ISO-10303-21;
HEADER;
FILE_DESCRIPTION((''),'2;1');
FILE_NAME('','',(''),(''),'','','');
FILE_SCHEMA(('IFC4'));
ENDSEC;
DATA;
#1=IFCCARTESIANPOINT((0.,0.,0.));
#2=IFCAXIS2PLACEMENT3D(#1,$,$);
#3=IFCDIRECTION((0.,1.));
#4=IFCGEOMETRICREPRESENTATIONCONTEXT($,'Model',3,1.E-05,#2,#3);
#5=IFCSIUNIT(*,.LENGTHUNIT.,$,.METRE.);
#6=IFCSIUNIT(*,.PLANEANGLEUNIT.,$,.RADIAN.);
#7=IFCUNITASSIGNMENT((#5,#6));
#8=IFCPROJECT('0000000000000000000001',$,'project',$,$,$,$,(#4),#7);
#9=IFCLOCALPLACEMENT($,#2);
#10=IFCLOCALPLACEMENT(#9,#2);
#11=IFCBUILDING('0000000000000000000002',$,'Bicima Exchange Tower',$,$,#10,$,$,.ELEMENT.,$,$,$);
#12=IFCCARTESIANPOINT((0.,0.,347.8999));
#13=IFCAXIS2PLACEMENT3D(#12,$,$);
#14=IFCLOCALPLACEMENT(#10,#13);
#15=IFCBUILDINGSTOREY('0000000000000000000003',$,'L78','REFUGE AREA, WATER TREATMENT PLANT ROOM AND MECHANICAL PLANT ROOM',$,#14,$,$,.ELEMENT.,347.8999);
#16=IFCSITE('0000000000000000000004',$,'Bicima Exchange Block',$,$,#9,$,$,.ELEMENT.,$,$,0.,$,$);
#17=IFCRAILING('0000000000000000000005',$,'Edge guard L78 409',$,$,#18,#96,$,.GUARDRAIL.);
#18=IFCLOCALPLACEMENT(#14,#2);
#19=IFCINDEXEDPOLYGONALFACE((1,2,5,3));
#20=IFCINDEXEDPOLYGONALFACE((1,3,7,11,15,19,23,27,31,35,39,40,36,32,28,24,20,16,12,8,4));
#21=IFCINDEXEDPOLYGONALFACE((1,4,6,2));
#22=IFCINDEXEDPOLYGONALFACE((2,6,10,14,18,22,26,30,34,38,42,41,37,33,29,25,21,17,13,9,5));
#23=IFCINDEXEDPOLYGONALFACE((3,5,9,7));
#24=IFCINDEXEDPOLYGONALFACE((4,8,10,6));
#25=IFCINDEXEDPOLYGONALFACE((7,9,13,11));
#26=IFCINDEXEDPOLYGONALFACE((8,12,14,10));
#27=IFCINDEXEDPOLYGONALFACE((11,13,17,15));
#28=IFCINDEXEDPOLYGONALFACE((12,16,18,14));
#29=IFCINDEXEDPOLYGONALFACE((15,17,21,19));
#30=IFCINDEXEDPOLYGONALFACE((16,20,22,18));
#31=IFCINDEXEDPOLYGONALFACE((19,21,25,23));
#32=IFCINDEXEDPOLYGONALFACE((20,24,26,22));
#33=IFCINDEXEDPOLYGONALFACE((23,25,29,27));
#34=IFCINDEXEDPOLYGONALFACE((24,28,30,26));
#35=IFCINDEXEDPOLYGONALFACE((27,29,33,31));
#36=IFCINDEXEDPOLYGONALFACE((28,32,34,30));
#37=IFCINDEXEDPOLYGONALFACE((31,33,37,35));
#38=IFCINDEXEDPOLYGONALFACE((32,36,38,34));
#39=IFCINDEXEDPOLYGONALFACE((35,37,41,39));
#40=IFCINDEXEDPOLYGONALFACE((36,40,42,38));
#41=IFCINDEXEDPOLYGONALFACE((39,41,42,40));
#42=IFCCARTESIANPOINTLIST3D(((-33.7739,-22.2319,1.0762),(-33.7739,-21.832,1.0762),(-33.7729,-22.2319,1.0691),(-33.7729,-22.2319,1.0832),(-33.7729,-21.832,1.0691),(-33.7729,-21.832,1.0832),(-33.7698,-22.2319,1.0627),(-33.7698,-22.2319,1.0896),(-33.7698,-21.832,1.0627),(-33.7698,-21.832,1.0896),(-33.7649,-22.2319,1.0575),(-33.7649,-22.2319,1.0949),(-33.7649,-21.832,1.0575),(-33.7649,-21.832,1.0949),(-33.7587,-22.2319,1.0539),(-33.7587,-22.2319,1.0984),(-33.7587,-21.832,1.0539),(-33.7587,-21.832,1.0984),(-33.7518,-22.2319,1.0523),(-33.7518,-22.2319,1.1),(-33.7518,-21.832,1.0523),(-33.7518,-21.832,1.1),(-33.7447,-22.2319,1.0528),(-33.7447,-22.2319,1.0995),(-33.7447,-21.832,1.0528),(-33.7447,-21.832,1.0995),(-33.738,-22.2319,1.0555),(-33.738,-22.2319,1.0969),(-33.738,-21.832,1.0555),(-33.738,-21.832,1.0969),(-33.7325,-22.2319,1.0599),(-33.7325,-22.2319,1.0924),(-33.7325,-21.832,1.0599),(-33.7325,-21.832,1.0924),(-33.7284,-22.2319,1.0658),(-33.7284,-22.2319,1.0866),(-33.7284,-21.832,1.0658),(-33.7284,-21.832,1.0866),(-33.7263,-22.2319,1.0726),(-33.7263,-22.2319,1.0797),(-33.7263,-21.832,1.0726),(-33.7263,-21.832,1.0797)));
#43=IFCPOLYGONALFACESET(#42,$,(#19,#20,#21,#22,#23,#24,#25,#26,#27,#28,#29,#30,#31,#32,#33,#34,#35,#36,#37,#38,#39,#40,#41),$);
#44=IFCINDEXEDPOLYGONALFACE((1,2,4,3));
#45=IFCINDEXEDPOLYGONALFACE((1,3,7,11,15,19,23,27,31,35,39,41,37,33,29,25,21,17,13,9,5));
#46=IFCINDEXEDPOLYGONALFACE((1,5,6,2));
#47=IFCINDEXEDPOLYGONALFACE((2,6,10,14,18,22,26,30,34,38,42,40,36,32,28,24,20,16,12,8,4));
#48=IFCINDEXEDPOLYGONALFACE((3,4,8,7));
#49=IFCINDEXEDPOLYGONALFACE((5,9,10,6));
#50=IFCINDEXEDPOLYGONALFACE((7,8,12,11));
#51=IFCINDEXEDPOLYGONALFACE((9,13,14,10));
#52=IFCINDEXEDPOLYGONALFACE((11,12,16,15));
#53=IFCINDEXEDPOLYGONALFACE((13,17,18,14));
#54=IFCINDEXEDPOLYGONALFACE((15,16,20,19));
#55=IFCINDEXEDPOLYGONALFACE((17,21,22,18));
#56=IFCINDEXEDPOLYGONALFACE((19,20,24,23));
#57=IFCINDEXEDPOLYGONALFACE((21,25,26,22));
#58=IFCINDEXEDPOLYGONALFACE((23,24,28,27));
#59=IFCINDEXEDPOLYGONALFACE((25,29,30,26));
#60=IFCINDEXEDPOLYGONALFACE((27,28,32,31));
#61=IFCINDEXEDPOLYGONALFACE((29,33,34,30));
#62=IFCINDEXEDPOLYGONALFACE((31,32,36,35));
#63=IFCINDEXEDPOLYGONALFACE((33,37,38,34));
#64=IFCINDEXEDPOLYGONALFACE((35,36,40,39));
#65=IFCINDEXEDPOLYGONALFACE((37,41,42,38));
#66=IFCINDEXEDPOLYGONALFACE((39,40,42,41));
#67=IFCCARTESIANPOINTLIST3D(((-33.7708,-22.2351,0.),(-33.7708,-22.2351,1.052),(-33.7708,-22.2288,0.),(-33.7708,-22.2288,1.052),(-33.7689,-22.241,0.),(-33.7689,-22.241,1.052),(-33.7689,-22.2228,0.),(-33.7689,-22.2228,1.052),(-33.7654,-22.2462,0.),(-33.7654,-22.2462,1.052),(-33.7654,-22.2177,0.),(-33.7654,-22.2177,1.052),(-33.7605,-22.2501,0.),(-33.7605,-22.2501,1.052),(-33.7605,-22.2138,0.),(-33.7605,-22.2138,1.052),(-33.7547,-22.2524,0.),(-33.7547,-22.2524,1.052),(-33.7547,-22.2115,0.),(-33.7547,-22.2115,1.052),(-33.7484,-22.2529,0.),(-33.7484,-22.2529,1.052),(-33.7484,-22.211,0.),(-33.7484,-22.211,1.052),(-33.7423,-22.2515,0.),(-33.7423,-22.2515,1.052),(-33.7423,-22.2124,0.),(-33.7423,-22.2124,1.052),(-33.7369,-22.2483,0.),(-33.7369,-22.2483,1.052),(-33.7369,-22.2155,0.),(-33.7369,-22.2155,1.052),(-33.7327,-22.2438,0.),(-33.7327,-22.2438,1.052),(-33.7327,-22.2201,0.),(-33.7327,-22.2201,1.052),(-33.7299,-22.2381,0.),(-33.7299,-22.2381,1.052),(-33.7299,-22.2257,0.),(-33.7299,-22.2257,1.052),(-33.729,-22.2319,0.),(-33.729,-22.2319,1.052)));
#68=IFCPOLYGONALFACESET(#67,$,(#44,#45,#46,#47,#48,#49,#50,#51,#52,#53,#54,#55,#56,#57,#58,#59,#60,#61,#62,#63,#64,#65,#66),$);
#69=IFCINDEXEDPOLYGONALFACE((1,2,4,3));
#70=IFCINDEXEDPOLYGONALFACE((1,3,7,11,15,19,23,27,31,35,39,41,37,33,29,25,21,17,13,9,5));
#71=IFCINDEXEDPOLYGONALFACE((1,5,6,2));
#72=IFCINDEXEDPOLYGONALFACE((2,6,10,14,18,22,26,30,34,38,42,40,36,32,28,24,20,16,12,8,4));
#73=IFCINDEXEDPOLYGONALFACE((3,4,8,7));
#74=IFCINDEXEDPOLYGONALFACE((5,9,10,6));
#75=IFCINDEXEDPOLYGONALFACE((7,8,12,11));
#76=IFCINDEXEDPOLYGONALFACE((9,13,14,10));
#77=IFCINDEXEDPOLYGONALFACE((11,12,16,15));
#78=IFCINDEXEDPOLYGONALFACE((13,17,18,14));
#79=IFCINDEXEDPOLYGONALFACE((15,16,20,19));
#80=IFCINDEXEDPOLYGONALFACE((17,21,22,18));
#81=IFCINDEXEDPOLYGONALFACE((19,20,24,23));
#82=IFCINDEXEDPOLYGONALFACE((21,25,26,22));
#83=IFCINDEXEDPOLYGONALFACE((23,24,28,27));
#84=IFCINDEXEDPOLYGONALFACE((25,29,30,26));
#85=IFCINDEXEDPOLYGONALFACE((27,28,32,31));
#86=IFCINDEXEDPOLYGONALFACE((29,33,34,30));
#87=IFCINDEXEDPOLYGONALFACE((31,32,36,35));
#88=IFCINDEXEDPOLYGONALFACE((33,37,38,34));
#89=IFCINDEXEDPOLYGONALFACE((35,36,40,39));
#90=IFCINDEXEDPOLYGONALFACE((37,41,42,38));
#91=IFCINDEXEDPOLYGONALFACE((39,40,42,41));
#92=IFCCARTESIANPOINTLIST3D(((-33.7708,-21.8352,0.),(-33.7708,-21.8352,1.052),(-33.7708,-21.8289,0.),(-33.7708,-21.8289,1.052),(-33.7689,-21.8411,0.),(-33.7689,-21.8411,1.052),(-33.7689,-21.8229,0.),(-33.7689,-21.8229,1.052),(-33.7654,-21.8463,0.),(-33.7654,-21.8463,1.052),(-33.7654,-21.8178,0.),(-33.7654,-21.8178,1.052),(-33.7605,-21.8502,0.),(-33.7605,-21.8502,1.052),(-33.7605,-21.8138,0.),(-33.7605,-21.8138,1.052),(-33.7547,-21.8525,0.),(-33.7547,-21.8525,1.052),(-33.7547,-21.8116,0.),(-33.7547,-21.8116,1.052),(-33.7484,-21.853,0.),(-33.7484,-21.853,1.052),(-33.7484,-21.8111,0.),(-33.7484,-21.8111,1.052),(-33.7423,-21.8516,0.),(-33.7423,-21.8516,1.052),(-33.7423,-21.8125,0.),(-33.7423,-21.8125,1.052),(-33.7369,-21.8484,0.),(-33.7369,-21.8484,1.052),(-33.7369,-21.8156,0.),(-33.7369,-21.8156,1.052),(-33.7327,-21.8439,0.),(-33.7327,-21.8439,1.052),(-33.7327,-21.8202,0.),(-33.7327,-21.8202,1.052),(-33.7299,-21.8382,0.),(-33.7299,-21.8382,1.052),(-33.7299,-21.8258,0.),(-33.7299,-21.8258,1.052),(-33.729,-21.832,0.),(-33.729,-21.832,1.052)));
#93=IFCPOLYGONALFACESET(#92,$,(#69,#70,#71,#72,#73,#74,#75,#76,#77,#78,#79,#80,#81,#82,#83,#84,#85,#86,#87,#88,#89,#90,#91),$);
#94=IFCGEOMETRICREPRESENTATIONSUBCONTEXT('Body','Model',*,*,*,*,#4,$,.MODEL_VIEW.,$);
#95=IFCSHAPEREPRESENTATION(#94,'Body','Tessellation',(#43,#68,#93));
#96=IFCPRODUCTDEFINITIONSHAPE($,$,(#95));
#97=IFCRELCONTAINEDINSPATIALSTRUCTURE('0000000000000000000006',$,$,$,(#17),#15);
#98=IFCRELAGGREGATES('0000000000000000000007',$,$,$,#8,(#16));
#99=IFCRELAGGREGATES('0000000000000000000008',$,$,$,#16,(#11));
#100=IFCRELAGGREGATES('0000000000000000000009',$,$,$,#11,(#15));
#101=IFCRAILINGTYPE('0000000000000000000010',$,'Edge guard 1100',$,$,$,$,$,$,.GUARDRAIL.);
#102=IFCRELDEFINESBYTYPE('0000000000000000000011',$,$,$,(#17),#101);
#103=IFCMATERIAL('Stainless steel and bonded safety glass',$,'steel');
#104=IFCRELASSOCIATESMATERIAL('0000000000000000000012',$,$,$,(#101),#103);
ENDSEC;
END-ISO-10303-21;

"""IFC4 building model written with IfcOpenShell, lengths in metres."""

from ifc_helpers import new_model, si_unit, direction, frame, origin, origin_2d, place, context, subcontext, project, spatial, circle, extrude, material, type_object, element, save


model = new_model("IFC4")

# Units and contexts
model_context = context("Model", 3, precision=1e-05, world=origin(), true_north=direction((0.0, 1.0)))
body_context = subcontext(model_context, "Body", "Model", "MODEL_VIEW")
ifc_project = project(units=[si_unit("LENGTHUNIT", "METRE"), si_unit("PLANEANGLEUNIT", "RADIAN")], contexts=[model_context])

# Site, building, storey
site_placement = place(None, origin())
site = spatial("IfcSite", under=ifc_project, at=site_placement, Name="Bicima Exchange Block", CompositionType="ELEMENT", RefElevation=0.0)
building_placement = place(site_placement, origin())
building = spatial("IfcBuilding", under=site, at=building_placement, Name="Bicima Exchange Tower", CompositionType="ELEMENT")
storey_placement = place(building_placement, frame((0.0, 0.0, 347.8999)))
storey = spatial("IfcBuildingStorey", under=building, at=storey_placement, Name="L78", Description="REFUGE AREA, WATER TREATMENT PLANT ROOM AND MECHANICAL PLANT ROOM", CompositionType="ELEMENT", Elevation=347.8999)

# Railing
ifc_material_1 = material(Name="Stainless steel and bonded safety glass", Category="steel")
railing_type = type_object("IfcRailingType", Name="Edge guard 1100", PredefinedType="GUARDRAIL", material=ifc_material_1)
railing_1_placement = place(storey_placement, frame((-33.75, -22.2319, 0.0)))
element("IfcRailing", 1, at=railing_1_placement, inside=storey, type_object=railing_type, Name="Edge guard L78 409", PredefinedType="GUARDRAIL", context=body_context, shape_type="SweptSolid", body=[
    extrude(circle(Radius=0.0239, at=origin_2d()), frame((0.0, 0.0, 1.0762), z_axis=(0.0, 1.0, 0.0), x_axis=(-1.0, 0.0, 0.0)), (0.0, 0.0, 1.0), 0.3999),
    extrude(circle(Radius=0.021, at=origin_2d()), origin(), (0.0, 0.0, 1.0), 1.052),
    extrude(circle(Radius=0.021, at=origin_2d()), frame((0.0, 0.3999, 0.0)), (0.0, 0.0, 1.0), 1.052),
])

save(model, "model.ifc")
